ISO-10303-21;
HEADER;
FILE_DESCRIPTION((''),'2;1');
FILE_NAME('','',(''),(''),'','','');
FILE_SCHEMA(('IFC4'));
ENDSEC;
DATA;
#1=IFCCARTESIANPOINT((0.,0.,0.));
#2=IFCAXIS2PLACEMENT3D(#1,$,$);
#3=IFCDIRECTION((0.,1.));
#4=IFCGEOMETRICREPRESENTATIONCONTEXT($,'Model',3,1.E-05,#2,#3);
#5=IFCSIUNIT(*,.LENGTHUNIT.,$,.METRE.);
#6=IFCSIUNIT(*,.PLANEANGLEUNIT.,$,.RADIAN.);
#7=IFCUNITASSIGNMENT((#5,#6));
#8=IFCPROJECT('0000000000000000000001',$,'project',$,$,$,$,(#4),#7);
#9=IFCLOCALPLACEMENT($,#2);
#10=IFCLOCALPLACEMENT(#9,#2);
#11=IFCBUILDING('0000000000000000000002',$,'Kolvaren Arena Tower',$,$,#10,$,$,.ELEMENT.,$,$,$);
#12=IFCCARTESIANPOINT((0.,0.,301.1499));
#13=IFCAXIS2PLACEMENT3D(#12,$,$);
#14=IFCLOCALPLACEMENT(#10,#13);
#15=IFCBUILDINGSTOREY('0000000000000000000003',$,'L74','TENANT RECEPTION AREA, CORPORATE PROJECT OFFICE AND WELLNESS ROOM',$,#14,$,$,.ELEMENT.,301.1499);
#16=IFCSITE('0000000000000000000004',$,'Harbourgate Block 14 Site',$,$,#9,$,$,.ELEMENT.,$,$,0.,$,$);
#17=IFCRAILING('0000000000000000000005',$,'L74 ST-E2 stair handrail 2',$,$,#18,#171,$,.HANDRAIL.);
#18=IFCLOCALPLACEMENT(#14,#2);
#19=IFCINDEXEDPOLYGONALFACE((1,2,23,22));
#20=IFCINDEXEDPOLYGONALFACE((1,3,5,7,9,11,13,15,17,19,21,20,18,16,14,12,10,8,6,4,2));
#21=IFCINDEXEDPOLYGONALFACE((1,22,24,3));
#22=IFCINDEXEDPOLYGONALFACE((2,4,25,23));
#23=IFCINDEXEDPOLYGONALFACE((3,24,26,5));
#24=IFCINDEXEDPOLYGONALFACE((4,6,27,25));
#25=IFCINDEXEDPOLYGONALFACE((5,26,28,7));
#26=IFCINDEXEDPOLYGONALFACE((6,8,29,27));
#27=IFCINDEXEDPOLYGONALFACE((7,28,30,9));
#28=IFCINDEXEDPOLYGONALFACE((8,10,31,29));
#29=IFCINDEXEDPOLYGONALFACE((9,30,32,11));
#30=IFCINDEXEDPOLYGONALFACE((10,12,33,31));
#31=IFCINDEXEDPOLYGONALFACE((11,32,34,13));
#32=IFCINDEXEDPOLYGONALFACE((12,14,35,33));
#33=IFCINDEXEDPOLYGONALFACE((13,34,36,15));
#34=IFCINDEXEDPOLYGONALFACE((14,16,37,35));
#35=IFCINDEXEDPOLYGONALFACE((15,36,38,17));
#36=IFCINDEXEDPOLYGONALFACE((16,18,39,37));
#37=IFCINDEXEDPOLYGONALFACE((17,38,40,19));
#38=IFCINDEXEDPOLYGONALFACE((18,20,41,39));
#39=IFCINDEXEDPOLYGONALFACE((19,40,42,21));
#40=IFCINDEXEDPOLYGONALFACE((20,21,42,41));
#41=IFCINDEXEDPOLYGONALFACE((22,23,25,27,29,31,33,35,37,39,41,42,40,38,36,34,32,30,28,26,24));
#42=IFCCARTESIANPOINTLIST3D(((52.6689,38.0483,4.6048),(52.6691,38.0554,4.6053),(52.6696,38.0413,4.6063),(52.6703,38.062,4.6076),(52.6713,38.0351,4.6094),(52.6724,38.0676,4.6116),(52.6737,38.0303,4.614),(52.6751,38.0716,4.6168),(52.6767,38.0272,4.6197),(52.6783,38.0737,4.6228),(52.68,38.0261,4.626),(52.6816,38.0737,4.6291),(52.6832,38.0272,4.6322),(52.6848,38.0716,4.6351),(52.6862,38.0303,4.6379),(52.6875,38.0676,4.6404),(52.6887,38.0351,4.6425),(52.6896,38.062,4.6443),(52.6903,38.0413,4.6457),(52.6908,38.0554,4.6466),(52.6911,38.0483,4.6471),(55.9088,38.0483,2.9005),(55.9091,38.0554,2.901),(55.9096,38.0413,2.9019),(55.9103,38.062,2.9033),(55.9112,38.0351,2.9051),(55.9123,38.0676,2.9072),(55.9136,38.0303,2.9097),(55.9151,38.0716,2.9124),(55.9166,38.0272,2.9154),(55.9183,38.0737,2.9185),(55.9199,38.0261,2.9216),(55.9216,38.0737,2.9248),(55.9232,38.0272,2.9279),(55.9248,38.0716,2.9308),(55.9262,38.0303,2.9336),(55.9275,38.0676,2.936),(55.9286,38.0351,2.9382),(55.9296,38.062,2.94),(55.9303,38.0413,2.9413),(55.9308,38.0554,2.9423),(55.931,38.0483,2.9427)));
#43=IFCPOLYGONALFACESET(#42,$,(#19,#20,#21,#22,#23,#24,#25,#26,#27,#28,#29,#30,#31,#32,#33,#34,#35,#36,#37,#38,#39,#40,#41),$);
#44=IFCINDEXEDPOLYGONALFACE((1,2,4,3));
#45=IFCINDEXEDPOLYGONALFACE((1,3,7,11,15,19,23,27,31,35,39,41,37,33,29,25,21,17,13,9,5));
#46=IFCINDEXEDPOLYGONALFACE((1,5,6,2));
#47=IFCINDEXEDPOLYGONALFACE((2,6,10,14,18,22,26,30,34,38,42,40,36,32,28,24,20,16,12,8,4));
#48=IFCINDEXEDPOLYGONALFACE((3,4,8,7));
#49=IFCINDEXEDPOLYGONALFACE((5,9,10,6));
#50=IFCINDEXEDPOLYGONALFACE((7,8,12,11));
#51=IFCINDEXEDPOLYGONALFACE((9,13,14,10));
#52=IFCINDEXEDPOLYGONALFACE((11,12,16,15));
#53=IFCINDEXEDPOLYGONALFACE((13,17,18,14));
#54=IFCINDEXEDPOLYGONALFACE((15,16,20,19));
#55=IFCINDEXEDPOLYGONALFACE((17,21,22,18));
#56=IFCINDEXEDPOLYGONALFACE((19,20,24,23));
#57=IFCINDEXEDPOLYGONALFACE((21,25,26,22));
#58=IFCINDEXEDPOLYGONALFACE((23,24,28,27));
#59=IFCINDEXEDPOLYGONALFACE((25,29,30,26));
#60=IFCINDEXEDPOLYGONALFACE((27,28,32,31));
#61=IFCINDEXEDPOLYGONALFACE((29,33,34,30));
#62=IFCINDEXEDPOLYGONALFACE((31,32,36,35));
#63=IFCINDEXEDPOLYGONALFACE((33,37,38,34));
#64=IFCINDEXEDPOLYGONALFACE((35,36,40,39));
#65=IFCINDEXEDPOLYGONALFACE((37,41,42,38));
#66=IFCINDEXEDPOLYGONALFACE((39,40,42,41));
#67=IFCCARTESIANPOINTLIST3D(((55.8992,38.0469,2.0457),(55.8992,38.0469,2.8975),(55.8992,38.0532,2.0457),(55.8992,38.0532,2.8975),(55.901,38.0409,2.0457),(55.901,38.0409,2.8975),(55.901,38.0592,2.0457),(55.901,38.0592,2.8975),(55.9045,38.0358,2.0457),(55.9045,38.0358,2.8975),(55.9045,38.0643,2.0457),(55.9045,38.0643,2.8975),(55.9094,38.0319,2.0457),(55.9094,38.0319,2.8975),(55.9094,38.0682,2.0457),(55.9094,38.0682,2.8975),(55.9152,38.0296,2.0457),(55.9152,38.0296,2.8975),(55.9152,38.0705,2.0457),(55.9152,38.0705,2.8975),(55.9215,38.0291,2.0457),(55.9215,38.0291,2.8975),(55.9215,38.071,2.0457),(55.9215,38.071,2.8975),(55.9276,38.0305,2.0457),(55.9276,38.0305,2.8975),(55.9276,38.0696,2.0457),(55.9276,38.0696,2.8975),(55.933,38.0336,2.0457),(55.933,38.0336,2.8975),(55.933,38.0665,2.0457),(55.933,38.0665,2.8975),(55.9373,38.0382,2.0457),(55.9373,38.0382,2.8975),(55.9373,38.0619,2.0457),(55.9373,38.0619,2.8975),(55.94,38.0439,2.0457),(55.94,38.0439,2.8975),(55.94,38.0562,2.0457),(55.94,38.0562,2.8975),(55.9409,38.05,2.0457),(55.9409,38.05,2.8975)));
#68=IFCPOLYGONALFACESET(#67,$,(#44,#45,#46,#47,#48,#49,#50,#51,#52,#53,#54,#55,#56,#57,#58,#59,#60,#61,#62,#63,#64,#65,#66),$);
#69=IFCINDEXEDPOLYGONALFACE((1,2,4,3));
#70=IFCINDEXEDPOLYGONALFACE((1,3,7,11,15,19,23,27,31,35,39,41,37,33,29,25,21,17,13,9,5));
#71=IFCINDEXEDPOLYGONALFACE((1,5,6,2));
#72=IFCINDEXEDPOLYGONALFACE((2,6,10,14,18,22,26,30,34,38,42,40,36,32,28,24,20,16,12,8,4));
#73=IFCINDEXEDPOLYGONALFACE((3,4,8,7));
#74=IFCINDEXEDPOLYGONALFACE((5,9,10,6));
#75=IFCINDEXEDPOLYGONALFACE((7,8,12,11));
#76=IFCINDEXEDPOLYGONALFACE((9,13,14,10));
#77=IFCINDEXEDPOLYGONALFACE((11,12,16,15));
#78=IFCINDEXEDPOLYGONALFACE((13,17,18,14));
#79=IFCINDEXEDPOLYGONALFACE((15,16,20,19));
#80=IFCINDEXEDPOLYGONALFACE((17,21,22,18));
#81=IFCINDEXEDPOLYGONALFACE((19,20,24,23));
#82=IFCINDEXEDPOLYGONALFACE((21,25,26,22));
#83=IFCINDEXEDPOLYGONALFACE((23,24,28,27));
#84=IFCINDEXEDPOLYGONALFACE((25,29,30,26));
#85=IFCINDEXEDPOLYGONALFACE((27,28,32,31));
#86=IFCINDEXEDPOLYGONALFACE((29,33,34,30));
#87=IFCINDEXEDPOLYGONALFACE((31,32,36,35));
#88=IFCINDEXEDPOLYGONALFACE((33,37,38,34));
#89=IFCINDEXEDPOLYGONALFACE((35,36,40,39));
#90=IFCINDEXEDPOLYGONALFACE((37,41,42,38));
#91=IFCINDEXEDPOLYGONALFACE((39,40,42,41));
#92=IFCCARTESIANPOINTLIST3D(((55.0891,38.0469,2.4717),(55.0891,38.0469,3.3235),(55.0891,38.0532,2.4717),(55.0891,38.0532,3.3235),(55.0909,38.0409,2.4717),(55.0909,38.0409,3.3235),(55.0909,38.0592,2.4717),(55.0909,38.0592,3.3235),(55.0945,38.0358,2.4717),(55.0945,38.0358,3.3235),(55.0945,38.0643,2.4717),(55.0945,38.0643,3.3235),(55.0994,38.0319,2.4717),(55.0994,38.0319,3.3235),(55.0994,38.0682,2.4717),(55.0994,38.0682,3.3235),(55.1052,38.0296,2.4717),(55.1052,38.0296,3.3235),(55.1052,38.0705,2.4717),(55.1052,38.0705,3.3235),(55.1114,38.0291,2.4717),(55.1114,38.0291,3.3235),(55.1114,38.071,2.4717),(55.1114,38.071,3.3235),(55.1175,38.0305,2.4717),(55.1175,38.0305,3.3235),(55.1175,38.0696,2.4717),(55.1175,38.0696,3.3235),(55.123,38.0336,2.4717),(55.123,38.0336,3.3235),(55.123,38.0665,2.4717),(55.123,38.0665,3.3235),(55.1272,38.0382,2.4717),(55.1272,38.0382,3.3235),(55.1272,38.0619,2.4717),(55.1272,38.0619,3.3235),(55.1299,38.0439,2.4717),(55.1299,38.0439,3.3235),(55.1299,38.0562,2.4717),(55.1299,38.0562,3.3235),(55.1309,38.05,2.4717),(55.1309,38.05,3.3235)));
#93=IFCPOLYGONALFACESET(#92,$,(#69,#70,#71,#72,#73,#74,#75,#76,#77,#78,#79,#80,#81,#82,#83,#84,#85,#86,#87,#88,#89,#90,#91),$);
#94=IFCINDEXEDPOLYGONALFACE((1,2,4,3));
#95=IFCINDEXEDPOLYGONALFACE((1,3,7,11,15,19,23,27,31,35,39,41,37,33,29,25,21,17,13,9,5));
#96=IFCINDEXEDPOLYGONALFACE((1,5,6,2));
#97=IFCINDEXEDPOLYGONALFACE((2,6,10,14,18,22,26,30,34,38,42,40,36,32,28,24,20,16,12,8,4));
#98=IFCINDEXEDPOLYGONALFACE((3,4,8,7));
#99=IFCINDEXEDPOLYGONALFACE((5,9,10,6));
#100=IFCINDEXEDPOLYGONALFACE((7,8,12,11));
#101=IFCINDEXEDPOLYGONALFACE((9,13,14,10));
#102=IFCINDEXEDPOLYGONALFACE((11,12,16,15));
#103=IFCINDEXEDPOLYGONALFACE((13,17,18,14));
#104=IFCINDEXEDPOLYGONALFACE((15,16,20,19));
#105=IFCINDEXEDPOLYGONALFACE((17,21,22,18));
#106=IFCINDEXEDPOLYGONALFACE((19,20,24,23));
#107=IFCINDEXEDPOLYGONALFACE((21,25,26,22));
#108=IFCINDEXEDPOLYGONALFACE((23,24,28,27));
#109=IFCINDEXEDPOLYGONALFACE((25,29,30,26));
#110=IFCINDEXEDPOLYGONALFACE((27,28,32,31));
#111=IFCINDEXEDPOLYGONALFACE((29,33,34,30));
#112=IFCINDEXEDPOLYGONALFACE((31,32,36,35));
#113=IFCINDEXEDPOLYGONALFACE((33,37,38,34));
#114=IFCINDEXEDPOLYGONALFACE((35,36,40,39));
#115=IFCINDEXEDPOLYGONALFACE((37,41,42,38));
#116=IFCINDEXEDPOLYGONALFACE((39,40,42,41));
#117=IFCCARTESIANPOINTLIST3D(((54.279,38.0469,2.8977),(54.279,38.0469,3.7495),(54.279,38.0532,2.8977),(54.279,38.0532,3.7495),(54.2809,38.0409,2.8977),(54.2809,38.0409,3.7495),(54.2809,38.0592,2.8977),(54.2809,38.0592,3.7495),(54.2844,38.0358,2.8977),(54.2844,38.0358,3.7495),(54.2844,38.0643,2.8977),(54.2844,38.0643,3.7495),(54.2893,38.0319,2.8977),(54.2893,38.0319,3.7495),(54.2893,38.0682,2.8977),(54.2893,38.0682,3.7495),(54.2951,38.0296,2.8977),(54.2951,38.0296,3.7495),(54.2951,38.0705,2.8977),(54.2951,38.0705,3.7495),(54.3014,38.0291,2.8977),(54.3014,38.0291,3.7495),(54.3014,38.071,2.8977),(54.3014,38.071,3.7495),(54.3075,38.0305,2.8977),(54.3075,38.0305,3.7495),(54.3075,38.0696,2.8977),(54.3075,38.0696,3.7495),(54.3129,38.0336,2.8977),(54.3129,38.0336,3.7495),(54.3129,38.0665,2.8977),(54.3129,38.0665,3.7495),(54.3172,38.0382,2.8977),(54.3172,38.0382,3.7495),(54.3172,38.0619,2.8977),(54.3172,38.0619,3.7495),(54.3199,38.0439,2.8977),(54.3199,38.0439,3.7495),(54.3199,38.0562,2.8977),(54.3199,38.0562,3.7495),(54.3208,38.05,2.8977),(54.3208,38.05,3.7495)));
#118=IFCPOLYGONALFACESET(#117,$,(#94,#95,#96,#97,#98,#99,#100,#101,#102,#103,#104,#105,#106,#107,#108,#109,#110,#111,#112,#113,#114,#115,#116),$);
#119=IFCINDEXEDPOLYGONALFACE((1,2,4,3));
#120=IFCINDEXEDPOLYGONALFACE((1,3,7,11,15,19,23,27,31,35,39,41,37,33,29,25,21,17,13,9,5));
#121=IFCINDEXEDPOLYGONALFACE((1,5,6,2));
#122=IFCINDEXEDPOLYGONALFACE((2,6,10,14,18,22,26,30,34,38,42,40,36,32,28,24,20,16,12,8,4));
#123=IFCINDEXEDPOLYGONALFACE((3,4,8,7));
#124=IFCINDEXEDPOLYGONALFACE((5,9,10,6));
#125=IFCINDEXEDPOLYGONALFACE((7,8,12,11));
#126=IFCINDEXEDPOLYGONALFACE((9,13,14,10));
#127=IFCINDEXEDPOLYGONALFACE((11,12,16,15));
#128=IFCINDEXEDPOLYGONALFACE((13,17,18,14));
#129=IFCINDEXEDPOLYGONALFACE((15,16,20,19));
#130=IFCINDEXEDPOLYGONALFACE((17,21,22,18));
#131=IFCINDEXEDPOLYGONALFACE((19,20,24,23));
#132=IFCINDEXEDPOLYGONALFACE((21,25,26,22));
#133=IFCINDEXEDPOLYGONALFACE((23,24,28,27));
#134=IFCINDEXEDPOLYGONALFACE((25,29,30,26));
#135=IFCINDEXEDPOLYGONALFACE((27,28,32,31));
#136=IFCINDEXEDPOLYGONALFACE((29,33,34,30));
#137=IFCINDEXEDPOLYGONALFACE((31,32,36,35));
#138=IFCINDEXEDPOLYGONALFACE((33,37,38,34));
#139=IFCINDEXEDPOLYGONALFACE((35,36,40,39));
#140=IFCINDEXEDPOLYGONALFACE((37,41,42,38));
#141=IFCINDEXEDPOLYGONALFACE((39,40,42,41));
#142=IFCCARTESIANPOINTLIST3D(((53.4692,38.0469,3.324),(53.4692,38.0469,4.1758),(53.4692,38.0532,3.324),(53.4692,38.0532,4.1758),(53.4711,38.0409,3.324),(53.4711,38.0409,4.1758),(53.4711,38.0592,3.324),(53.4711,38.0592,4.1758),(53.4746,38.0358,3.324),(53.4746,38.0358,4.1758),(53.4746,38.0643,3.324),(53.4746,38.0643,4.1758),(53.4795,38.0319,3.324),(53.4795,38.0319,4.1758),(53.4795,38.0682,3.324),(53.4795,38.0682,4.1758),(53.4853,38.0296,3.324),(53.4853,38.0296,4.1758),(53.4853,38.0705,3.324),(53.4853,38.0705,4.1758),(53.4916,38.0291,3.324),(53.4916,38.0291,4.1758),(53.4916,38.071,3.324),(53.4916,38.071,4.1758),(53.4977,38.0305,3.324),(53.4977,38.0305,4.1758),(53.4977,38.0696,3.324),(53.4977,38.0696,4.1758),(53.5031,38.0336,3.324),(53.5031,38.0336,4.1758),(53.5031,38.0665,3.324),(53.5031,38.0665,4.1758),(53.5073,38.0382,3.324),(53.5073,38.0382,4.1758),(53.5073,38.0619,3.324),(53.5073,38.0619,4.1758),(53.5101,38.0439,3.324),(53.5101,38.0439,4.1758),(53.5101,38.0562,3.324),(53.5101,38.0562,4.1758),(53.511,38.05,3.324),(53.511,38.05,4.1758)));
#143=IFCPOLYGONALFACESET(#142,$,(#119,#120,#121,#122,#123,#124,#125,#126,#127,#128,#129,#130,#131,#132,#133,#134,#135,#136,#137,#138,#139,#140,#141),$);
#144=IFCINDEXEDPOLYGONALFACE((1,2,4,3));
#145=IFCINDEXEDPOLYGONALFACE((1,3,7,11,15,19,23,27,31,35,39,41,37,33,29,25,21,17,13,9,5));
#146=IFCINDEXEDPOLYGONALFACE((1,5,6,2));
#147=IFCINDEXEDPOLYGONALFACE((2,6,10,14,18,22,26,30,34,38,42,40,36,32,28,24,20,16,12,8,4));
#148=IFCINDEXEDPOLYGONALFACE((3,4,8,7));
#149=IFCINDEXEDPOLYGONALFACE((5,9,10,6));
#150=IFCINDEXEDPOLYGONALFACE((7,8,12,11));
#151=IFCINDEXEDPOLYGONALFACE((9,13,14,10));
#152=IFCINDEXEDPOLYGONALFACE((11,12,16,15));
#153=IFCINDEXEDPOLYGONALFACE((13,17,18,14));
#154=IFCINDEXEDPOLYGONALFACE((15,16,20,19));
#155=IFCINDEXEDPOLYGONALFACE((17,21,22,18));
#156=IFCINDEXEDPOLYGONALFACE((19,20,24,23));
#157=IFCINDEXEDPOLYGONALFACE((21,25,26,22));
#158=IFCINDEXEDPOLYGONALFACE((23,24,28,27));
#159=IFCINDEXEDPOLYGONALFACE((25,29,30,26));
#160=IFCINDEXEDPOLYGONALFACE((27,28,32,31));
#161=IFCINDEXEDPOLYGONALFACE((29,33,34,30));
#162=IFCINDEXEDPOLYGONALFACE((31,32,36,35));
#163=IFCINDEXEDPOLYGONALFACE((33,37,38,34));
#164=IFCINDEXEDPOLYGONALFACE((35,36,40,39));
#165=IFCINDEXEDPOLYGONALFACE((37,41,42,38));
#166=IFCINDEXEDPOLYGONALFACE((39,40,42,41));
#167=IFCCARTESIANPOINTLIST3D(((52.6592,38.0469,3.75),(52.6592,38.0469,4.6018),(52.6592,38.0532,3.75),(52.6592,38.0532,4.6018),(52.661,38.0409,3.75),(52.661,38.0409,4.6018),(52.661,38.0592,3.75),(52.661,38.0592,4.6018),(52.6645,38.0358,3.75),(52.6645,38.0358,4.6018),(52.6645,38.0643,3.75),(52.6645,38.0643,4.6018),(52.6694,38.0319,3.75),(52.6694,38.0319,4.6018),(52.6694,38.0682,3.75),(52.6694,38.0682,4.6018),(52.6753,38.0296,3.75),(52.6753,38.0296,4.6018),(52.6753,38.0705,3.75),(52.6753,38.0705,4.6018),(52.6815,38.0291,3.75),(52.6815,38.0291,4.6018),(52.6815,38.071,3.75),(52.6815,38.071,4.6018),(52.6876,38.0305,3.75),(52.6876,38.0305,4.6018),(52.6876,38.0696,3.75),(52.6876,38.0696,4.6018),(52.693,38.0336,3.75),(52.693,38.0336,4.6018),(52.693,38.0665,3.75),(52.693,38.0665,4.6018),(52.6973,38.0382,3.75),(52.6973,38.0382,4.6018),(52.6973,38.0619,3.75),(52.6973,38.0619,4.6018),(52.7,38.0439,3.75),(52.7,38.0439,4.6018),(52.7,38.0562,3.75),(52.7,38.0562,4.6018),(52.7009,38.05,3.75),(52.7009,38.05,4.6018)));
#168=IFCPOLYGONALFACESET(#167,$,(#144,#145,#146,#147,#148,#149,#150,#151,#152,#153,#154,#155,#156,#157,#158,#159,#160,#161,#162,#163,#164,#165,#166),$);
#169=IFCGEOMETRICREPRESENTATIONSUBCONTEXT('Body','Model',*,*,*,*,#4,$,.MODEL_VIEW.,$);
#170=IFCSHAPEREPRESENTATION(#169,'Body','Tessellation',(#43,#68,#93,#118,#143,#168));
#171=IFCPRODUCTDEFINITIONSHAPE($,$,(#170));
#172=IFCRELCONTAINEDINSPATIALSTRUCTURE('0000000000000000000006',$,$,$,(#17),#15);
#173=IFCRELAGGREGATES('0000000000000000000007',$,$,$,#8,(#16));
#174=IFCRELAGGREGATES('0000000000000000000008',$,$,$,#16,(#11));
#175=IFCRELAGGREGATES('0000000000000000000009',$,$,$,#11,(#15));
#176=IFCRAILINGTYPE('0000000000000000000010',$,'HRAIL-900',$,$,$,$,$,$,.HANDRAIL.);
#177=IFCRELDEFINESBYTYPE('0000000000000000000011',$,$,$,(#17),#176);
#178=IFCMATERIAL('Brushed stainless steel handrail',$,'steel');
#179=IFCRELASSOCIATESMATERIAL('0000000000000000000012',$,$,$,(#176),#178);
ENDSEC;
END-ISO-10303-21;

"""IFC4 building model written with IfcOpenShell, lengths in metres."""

from ifc_helpers import new_model, si_unit, direction, frame, origin, origin_2d, place, context, subcontext, project, spatial, circle, extrude, material, type_object, element, save


model = new_model("IFC4")

# Units and contexts
model_context = context("Model", 3, precision=1e-05, world=origin(), true_north=direction((0.0, 1.0)))
body_context = subcontext(model_context, "Body", "Model", "MODEL_VIEW")
ifc_project = project(units=[si_unit("LENGTHUNIT", "METRE"), si_unit("PLANEANGLEUNIT", "RADIAN")], contexts=[model_context])

# Site, building, storey
site_placement = place(None, origin())
site = spatial("IfcSite", under=ifc_project, at=site_placement, Name="Harbourgate Block 14 Site", CompositionType="ELEMENT", RefElevation=0.0)
building_placement = place(site_placement, origin())
building = spatial("IfcBuilding", under=site, at=building_placement, Name="Kolvaren Arena Tower", CompositionType="ELEMENT")
storey_placement = place(building_placement, frame((0.0, 0.0, 301.1499)))
storey = spatial("IfcBuildingStorey", under=building, at=storey_placement, Name="L74", Description="TENANT RECEPTION AREA, CORPORATE PROJECT OFFICE AND WELLNESS ROOM", CompositionType="ELEMENT", Elevation=301.1499)

# Railing
ifc_material_1 = material(Name="Brushed stainless steel handrail", Category="steel")
railing_type_1 = type_object("IfcRailingType", Name="HRAIL-900", PredefinedType="HANDRAIL", material=ifc_material_1)
railing_1_placement = place(storey_placement, frame((55.9199, 38.05, 2.0457)))
element("IfcRailing", 1, at=railing_1_placement, inside=storey, type_object=railing_type_1, Name="L74 ST-E2 stair handrail 2", PredefinedType="HANDRAIL", context=body_context, shape_type="SweptSolid", body=[
    extrude(circle(Radius=0.0239, at=origin_2d()), frame((0.0, 0.0, 0.876), z_axis=(-0.885021, 0.0, 0.465551), x_axis=(0.0, -1.0, 0.0)), (0.0, 0.0, 1.0), 3.6609),
    extrude(circle(Radius=0.021, at=origin_2d()), origin(), (0.0, 0.0, 1.0), 0.8518),
    extrude(circle(Radius=0.021, at=origin_2d()), frame((-0.8101, 0.0, 0.426)), (0.0, 0.0, 1.0), 0.8518),
    extrude(circle(Radius=0.021, at=origin_2d()), frame((-1.6201, 0.0, 0.8521)), (0.0, 0.0, 1.0), 0.8518),
    extrude(circle(Radius=0.021, at=origin_2d()), frame((-2.4299, 0.0, 1.2783)), (0.0, 0.0, 1.0), 0.8518),
    extrude(circle(Radius=0.021, at=origin_2d()), frame((-3.24, 0.0, 1.7043)), (0.0, 0.0, 1.0), 0.8518),
])

save(model, "model.ifc")
